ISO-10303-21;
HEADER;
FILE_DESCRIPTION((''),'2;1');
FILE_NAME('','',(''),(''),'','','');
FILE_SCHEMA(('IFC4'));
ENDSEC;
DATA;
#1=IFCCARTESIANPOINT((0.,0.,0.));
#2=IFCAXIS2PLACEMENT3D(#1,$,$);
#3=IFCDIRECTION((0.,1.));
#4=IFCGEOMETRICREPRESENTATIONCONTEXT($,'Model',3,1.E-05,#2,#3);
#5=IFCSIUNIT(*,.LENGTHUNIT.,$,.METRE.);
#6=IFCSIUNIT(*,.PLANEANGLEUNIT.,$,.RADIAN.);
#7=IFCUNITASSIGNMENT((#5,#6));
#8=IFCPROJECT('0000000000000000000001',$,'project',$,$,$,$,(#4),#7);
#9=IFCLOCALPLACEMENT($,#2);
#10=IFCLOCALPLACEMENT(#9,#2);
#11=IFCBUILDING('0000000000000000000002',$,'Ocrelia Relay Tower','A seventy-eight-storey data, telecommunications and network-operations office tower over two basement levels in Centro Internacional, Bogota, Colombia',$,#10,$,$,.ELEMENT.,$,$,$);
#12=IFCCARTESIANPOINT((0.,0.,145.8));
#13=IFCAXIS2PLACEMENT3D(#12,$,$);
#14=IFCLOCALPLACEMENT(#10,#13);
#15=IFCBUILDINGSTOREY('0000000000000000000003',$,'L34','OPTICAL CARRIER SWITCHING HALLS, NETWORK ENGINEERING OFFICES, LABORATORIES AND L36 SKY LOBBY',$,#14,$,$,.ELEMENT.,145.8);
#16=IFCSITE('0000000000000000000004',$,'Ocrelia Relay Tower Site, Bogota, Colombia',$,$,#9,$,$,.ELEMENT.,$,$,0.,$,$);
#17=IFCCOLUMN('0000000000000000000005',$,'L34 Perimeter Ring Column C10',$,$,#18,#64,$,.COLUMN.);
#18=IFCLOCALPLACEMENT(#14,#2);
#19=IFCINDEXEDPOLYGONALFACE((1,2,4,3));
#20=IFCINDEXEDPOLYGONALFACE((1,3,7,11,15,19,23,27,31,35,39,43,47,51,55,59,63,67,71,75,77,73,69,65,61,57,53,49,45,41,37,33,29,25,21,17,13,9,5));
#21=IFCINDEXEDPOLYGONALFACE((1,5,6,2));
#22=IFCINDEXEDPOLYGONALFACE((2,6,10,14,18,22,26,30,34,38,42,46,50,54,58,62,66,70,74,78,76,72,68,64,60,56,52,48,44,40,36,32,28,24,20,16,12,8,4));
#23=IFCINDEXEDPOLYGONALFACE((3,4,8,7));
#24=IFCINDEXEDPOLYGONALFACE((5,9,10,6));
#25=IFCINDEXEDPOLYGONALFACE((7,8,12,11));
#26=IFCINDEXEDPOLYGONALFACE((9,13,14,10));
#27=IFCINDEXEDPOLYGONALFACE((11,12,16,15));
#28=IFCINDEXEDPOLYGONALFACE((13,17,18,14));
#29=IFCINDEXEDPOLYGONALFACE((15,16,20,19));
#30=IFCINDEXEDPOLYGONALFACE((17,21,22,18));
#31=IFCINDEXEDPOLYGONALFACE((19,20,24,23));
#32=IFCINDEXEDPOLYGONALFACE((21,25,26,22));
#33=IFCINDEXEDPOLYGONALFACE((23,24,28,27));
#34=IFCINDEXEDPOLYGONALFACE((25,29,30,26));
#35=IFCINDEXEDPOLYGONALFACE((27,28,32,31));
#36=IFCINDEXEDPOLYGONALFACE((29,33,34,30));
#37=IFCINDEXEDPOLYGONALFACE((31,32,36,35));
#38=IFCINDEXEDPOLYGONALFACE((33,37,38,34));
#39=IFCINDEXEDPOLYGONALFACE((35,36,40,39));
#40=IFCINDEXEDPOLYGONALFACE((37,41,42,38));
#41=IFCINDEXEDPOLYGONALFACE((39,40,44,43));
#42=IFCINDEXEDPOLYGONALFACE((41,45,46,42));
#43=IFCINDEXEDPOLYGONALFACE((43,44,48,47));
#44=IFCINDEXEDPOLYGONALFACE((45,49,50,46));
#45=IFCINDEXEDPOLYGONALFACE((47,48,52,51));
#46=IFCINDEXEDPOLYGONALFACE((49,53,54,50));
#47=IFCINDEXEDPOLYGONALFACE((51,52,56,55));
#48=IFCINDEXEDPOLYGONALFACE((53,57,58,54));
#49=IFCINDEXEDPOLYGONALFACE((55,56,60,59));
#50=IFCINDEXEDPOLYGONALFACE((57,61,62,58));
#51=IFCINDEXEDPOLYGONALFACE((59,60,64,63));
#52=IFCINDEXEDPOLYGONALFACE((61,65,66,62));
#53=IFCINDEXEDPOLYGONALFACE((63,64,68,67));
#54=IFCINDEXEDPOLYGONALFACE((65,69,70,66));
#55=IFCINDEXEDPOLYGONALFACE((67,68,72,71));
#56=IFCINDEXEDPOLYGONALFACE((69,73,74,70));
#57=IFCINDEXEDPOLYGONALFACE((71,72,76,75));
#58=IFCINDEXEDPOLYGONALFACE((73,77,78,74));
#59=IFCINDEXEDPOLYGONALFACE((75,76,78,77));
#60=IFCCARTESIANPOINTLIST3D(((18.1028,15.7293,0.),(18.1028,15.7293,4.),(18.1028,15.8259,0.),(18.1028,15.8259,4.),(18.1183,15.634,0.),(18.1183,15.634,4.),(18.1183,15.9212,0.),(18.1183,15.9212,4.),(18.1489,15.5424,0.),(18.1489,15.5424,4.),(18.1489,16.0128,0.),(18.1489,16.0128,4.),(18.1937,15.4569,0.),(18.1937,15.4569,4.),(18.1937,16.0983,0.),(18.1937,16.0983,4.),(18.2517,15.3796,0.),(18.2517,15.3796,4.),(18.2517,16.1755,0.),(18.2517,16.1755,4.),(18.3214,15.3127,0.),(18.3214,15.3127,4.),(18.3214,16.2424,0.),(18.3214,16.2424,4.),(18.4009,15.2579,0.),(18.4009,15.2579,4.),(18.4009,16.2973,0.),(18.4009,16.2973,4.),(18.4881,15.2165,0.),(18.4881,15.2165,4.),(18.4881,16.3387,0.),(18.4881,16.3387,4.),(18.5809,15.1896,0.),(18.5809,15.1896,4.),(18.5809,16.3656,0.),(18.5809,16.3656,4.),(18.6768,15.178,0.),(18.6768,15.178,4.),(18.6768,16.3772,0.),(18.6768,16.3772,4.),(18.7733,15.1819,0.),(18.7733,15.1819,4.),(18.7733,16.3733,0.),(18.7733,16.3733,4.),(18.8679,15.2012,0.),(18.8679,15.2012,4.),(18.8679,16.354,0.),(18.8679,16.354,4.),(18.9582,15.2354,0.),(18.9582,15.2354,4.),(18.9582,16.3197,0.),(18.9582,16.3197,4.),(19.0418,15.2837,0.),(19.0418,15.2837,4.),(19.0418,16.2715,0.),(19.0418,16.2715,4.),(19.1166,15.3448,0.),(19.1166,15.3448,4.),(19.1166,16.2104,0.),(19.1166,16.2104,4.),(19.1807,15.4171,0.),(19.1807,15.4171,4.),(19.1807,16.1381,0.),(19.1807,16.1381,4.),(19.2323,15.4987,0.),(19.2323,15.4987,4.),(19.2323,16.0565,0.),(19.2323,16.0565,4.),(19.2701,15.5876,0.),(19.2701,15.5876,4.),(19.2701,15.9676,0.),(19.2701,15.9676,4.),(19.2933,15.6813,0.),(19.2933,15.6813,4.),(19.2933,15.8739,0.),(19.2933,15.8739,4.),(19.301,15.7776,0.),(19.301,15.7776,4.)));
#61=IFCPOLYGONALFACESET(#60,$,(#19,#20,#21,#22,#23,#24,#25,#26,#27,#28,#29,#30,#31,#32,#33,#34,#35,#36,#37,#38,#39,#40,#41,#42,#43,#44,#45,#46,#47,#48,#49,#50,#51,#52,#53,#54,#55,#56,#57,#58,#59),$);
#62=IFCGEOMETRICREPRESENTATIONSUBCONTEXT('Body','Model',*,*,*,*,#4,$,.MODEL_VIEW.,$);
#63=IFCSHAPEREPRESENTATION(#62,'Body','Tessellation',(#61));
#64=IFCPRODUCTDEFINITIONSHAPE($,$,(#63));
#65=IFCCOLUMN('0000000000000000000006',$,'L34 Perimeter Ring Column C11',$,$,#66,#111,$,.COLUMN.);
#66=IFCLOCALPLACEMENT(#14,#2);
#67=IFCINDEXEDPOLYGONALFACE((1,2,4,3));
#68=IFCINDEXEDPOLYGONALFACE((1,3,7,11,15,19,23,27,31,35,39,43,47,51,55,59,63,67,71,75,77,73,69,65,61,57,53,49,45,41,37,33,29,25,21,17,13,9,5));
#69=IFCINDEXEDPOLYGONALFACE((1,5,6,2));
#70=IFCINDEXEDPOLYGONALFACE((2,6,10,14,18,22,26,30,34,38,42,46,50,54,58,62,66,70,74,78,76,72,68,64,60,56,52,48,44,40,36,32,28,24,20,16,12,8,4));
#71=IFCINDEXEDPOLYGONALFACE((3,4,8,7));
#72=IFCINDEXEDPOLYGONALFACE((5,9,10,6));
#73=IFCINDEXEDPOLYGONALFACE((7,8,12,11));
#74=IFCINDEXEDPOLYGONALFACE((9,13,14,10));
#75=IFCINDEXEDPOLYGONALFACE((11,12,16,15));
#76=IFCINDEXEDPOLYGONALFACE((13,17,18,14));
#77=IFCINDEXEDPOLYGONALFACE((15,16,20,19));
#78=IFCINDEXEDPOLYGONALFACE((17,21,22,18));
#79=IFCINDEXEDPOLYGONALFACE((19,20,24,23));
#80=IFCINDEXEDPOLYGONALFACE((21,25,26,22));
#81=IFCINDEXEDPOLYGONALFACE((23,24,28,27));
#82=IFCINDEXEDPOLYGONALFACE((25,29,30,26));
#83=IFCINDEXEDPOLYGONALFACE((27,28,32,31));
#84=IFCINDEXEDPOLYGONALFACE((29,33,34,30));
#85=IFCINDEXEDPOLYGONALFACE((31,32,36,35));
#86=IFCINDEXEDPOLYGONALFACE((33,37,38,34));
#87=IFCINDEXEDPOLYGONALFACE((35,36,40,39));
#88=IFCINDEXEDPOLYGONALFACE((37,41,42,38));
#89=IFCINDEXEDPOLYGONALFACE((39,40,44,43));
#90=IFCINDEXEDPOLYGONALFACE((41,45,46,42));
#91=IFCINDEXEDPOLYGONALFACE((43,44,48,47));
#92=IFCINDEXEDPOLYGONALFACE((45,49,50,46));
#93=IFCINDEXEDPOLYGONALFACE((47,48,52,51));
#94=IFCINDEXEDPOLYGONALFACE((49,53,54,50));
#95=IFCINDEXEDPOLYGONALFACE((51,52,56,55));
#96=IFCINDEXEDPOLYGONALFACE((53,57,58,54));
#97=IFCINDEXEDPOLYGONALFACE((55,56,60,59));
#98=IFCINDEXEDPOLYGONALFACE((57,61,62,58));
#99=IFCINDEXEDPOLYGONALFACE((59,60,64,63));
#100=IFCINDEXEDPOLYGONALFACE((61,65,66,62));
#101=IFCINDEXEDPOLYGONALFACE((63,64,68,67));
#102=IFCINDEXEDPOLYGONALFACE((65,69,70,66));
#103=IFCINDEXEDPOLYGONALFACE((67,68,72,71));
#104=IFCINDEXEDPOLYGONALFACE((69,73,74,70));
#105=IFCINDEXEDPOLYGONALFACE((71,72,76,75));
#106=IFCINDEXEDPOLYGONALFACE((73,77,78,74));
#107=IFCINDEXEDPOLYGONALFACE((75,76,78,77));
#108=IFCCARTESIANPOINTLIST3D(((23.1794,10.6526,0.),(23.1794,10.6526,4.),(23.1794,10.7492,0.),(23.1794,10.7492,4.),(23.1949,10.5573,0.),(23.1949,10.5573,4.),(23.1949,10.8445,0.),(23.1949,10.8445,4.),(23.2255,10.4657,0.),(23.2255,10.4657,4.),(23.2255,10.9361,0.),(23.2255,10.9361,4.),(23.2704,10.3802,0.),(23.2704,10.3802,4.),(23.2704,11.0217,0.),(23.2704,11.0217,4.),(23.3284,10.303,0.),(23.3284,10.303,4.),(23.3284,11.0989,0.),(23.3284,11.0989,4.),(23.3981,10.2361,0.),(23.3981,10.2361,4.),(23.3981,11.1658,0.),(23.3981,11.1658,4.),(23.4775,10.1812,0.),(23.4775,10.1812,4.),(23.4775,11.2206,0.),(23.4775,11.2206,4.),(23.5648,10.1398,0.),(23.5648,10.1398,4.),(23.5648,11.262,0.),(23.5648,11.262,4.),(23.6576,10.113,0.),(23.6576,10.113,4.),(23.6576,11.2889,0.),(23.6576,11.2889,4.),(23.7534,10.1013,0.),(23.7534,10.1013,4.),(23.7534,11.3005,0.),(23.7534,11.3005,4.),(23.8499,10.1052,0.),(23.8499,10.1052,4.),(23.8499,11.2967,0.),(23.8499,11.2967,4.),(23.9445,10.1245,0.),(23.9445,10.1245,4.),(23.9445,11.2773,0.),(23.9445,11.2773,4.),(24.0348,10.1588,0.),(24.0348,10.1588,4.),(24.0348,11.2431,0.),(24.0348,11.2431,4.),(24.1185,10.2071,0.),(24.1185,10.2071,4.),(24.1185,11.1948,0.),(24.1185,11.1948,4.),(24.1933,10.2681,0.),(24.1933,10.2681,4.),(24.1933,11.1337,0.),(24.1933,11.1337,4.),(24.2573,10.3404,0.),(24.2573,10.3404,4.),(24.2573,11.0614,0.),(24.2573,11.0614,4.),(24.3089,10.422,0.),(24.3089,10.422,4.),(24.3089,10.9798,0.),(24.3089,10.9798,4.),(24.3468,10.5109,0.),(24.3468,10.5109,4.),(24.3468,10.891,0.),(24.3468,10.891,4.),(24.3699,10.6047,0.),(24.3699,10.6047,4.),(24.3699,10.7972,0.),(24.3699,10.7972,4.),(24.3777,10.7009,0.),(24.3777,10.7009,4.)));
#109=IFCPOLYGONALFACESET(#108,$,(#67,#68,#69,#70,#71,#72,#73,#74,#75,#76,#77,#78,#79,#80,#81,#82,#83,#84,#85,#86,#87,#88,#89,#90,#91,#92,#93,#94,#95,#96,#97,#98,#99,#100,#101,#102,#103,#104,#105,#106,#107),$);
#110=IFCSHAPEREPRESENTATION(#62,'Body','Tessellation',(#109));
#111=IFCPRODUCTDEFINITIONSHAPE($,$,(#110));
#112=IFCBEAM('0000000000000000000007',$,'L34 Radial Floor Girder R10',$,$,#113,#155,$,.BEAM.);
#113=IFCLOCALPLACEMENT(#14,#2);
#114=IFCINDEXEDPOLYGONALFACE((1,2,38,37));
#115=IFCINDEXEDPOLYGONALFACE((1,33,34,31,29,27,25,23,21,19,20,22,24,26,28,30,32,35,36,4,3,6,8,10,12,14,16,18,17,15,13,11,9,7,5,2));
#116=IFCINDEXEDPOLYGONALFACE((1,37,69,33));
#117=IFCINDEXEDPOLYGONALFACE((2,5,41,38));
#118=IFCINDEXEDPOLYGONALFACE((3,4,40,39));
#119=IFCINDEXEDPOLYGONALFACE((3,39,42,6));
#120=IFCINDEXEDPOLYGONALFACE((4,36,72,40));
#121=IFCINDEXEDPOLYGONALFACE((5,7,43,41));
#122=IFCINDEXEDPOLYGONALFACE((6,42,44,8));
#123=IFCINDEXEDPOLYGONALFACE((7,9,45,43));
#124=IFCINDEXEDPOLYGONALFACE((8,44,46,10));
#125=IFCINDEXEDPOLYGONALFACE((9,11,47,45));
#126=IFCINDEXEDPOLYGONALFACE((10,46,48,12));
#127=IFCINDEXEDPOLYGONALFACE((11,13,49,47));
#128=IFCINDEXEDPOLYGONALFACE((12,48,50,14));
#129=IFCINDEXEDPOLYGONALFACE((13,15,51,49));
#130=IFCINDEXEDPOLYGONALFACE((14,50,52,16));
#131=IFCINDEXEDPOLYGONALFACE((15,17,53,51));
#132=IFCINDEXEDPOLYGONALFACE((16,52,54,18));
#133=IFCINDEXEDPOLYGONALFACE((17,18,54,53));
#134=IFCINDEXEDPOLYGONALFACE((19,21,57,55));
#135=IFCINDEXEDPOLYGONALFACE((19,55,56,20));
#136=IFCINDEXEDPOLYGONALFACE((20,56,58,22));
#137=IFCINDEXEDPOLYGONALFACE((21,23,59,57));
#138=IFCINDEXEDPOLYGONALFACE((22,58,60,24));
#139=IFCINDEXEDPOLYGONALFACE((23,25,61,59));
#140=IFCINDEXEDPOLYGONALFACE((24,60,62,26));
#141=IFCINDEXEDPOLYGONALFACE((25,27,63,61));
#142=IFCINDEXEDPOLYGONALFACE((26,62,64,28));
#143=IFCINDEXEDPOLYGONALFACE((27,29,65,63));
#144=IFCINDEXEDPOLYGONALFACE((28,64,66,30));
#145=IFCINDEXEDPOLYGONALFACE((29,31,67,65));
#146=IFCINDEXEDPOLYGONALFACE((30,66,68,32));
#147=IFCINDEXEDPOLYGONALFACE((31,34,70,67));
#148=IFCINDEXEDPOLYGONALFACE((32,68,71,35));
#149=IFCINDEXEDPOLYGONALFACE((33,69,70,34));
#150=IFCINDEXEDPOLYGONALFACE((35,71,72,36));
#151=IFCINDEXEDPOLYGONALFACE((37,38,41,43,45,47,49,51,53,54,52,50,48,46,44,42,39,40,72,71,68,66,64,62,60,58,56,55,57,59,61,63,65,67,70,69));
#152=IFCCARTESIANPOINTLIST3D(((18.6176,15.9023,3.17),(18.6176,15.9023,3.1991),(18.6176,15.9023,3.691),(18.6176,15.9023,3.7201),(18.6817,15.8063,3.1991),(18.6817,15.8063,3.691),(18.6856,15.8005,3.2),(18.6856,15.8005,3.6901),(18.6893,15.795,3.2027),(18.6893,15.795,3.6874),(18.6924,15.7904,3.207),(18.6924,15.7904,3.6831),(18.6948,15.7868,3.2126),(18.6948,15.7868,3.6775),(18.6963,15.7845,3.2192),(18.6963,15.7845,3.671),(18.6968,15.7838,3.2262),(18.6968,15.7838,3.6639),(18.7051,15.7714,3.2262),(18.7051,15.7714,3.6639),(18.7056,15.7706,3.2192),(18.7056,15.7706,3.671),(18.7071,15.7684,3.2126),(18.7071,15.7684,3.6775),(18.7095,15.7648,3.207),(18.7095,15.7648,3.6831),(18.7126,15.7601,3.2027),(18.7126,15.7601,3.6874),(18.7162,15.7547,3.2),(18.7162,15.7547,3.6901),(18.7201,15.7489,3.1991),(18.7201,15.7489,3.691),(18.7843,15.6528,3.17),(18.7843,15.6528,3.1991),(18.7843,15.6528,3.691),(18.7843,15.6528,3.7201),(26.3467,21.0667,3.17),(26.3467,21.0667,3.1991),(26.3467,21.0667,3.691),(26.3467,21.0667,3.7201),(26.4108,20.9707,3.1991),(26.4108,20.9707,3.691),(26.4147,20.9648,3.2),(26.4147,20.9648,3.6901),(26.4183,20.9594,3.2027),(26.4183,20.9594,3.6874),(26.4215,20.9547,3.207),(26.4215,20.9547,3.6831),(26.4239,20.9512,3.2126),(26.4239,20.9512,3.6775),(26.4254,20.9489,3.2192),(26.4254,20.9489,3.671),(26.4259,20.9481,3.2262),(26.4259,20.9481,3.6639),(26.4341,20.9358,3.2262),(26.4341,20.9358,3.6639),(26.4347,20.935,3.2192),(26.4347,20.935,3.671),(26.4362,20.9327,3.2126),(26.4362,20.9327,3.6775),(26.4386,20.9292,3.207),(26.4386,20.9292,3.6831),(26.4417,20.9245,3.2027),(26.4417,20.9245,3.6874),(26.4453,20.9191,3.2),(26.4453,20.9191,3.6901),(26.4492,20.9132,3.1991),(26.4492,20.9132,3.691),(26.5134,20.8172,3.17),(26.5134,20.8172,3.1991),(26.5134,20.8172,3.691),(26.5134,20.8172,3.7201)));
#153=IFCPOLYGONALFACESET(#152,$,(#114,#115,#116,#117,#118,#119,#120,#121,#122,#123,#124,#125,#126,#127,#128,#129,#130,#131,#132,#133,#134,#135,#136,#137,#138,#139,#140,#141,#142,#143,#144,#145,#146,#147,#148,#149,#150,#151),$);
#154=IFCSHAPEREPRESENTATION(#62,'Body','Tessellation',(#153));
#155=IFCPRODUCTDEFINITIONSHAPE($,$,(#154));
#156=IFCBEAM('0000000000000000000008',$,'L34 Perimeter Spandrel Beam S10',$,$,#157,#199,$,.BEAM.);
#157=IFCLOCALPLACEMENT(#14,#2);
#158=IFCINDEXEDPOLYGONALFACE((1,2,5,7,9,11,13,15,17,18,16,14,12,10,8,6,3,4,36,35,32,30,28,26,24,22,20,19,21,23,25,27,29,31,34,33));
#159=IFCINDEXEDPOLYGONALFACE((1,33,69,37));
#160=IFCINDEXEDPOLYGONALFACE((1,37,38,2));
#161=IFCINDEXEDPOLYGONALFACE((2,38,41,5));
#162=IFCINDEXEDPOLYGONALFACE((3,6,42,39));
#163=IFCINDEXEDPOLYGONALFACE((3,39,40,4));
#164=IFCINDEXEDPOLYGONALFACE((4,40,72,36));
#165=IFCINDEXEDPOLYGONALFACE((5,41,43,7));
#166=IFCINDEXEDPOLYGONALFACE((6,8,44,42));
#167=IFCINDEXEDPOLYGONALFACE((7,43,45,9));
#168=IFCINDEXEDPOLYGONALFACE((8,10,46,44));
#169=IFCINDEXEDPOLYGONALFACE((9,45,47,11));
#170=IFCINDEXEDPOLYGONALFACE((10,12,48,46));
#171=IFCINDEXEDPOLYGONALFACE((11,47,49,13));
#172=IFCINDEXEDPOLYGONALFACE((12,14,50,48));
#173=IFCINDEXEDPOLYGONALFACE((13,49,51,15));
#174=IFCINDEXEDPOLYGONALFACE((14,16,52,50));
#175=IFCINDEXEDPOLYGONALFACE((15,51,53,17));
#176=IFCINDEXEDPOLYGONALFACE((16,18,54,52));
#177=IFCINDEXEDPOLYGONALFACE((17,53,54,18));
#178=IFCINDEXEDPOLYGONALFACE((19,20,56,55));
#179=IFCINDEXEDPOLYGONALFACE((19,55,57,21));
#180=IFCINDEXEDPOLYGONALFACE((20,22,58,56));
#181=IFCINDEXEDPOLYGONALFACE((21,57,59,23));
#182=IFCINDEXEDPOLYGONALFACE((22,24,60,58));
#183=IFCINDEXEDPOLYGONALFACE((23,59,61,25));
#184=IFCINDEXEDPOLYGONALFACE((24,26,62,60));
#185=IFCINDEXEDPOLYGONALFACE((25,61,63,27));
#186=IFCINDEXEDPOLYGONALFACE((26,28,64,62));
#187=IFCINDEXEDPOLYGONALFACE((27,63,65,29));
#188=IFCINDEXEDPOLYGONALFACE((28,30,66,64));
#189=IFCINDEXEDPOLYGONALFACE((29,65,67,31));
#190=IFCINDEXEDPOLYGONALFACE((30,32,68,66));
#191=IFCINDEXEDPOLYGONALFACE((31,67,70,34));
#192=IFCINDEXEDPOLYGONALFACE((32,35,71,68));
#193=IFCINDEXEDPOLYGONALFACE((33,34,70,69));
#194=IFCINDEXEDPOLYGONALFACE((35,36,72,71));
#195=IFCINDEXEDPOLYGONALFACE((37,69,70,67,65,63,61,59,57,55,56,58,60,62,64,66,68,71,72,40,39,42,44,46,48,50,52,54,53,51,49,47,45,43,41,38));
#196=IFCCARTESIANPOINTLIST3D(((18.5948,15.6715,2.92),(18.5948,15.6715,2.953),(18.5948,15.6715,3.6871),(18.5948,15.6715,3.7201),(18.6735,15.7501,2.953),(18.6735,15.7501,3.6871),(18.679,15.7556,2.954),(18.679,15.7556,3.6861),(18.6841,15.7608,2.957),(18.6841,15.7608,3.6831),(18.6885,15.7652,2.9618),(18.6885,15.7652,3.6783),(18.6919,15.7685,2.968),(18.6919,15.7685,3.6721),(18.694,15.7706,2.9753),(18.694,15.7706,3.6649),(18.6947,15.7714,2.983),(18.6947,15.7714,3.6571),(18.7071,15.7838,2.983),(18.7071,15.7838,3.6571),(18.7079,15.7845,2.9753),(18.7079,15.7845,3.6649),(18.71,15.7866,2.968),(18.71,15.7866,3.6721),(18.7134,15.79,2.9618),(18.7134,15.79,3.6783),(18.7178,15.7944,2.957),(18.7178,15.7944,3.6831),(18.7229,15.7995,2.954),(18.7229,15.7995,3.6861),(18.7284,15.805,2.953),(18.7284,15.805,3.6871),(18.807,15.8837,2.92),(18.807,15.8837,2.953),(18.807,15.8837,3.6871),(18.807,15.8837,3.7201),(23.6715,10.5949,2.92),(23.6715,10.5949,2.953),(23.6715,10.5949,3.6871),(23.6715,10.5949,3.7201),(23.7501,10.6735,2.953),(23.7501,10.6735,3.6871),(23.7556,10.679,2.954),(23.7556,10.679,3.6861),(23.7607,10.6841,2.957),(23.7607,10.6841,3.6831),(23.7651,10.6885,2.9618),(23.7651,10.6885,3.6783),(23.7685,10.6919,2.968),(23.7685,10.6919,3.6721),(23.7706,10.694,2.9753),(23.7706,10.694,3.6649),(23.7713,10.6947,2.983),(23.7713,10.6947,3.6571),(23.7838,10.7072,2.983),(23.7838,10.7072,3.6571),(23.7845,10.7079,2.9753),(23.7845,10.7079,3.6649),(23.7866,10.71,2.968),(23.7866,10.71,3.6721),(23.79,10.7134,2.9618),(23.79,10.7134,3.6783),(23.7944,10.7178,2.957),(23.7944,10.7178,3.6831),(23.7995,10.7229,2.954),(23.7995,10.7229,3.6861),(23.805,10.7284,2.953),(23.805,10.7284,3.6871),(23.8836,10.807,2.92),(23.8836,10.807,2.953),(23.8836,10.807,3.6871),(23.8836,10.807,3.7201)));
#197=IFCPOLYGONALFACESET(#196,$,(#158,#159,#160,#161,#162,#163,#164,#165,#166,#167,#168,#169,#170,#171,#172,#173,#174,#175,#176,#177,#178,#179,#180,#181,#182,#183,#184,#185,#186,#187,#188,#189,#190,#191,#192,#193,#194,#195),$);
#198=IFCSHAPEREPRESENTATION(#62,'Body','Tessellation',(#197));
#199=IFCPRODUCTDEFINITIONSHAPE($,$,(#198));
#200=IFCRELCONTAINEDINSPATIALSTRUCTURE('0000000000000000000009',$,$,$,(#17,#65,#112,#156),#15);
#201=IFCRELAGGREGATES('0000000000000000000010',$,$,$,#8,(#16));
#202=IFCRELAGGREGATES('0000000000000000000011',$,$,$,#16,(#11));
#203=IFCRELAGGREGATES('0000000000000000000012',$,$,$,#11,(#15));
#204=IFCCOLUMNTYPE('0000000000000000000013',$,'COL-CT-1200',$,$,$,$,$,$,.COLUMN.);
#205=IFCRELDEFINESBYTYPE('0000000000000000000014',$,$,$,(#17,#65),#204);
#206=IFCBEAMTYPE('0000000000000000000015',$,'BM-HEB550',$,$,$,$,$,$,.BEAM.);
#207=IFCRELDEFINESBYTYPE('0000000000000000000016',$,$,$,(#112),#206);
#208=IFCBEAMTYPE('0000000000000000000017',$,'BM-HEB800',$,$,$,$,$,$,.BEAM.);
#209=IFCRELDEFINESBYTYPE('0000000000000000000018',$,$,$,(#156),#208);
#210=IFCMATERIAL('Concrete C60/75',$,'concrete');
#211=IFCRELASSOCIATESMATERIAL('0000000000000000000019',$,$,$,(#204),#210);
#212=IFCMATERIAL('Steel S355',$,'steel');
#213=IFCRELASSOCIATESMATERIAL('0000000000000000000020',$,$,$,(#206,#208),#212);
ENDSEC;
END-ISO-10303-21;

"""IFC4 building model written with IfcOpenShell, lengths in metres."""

from ifc_helpers import new_model, si_unit, direction, frame, origin, origin_2d, place, context, subcontext, project, spatial, circle, i_section, extrude, material, material_profile, profile_set, type_object, element, save


model = new_model("IFC4")

# Units and contexts
model_context = context("Model", 3, precision=1e-05, world=origin(), true_north=direction((0.0, 1.0)))
body_context = subcontext(model_context, "Body", "Model", "MODEL_VIEW")
ifc_project = project(units=[si_unit("LENGTHUNIT", "METRE"), si_unit("PLANEANGLEUNIT", "RADIAN")], contexts=[model_context])

# Site, building, storey
site_placement = place(None, origin())
site = spatial("IfcSite", under=ifc_project, at=site_placement, Name="Ocrelia Relay Tower Site, Bogota, Colombia", CompositionType="ELEMENT", RefElevation=0.0)
building_placement = place(site_placement, origin())
building = spatial("IfcBuilding", under=site, at=building_placement, Name="Ocrelia Relay Tower", Description="A seventy-eight-storey data, telecommunications and network-operations office tower over two basement levels in Centro Internacional, Bogota, Colombia", CompositionType="ELEMENT")
storey_placement = place(building_placement, frame((0.0, 0.0, 145.8)))
storey = spatial("IfcBuildingStorey", under=building, at=storey_placement, Name="L34", Description="OPTICAL CARRIER SWITCHING HALLS, NETWORK ENGINEERING OFFICES, LABORATORIES AND L36 SKY LOBBY", CompositionType="ELEMENT", Elevation=145.8)

# Columns
ifc_material_1 = material(Name="Concrete C60/75", Category="concrete")
ifc_material_profile_1 = material_profile(ifc_material_1, circle(Radius=0.6001, at=origin_2d()), Name="RC-CIR-1200")
ifc_profile_set_1 = profile_set([ifc_material_profile_1], Name="Concrete C60/75")
column_type = type_object("IfcColumnType", Name="COL-CT-1200", PredefinedType="COLUMN", material=ifc_profile_set_1)
for number, where, z_axis, x_axis, name in (
    (1, (18.7009, 15.7776, 0.0), (0.0, 0.0, 1.0), (1.0, 0.0, 0.0), "L34 Perimeter Ring Column C10"),
    (2, (23.7776, 10.7009, 0.0), (0.0, 0.0, 1.0), (1.0, 0.0, 0.0), "L34 Perimeter Ring Column C11"),
):
    element("IfcColumn", number, at=place(storey_placement, frame(where, z_axis=z_axis, x_axis=x_axis)), inside=storey, type_object=column_type, Name=name, PredefinedType="COLUMN", context=body_context, shape_type="SweptSolid", body=[
        extrude(circle(Radius=0.6001, at=origin_2d()), origin(), (0.0, 0.0, 1.0), 4.0),
    ])

# Beams
ifc_material_2 = material(Name="Steel S355", Category="steel")
ifc_material_profile_2 = material_profile(ifc_material_2, i_section(OverallWidth=0.3, OverallDepth=0.55, WebThickness=0.0149, FlangeThickness=0.0291, FilletRadius=0.0271, at=origin_2d()), Name="HEB 550")
ifc_profile_set_2 = profile_set([ifc_material_profile_2], Name="Steel S355")
beam_type_1 = type_object("IfcBeamType", Name="BM-HEB550", PredefinedType="BEAM", material=ifc_profile_set_2)
beam_1_placement = place(storey_placement, frame((18.7009, 15.7776, 3.4451), z_axis=(0.831472, 0.555567, 0.0), x_axis=(-0.555567, 0.831472, 0.0)))
element("IfcBeam", 3, at=beam_1_placement, inside=storey, type_object=beam_type_1, Name="L34 Radial Floor Girder R10", PredefinedType="BEAM", context=body_context, shape_type="SweptSolid", body=[
    extrude(i_section(OverallWidth=0.3, OverallDepth=0.55, WebThickness=0.0149, FlangeThickness=0.0291, FilletRadius=0.0271, at=origin_2d()), origin(), (0.0, 0.0, 1.0), 9.2957),
])
ifc_material_profile_3 = material_profile(ifc_material_2, i_section(OverallWidth=0.3, OverallDepth=0.8, WebThickness=0.0176, FlangeThickness=0.033, FilletRadius=0.03, at=origin_2d()), Name="HEB 800")
ifc_profile_set_3 = profile_set([ifc_material_profile_3], Name="Steel S355")
beam_type_2 = type_object("IfcBeamType", Name="BM-HEB800", PredefinedType="BEAM", material=ifc_profile_set_3)
beam_2_placement = place(storey_placement, frame((18.7009, 15.7776, 3.3201), z_axis=(0.707107, -0.707107, 0.0), x_axis=(0.707107, 0.707107, 0.0)))
element("IfcBeam", 4, at=beam_2_placement, inside=storey, type_object=beam_type_2, Name="L34 Perimeter Spandrel Beam S10", PredefinedType="BEAM", context=body_context, shape_type="SweptSolid", body=[
    extrude(i_section(OverallWidth=0.3, OverallDepth=0.8, WebThickness=0.0176, FlangeThickness=0.033, FilletRadius=0.03, at=origin_2d()), origin(), (0.0, 0.0, 1.0), 7.1794),
])

save(model, "model.ifc")
